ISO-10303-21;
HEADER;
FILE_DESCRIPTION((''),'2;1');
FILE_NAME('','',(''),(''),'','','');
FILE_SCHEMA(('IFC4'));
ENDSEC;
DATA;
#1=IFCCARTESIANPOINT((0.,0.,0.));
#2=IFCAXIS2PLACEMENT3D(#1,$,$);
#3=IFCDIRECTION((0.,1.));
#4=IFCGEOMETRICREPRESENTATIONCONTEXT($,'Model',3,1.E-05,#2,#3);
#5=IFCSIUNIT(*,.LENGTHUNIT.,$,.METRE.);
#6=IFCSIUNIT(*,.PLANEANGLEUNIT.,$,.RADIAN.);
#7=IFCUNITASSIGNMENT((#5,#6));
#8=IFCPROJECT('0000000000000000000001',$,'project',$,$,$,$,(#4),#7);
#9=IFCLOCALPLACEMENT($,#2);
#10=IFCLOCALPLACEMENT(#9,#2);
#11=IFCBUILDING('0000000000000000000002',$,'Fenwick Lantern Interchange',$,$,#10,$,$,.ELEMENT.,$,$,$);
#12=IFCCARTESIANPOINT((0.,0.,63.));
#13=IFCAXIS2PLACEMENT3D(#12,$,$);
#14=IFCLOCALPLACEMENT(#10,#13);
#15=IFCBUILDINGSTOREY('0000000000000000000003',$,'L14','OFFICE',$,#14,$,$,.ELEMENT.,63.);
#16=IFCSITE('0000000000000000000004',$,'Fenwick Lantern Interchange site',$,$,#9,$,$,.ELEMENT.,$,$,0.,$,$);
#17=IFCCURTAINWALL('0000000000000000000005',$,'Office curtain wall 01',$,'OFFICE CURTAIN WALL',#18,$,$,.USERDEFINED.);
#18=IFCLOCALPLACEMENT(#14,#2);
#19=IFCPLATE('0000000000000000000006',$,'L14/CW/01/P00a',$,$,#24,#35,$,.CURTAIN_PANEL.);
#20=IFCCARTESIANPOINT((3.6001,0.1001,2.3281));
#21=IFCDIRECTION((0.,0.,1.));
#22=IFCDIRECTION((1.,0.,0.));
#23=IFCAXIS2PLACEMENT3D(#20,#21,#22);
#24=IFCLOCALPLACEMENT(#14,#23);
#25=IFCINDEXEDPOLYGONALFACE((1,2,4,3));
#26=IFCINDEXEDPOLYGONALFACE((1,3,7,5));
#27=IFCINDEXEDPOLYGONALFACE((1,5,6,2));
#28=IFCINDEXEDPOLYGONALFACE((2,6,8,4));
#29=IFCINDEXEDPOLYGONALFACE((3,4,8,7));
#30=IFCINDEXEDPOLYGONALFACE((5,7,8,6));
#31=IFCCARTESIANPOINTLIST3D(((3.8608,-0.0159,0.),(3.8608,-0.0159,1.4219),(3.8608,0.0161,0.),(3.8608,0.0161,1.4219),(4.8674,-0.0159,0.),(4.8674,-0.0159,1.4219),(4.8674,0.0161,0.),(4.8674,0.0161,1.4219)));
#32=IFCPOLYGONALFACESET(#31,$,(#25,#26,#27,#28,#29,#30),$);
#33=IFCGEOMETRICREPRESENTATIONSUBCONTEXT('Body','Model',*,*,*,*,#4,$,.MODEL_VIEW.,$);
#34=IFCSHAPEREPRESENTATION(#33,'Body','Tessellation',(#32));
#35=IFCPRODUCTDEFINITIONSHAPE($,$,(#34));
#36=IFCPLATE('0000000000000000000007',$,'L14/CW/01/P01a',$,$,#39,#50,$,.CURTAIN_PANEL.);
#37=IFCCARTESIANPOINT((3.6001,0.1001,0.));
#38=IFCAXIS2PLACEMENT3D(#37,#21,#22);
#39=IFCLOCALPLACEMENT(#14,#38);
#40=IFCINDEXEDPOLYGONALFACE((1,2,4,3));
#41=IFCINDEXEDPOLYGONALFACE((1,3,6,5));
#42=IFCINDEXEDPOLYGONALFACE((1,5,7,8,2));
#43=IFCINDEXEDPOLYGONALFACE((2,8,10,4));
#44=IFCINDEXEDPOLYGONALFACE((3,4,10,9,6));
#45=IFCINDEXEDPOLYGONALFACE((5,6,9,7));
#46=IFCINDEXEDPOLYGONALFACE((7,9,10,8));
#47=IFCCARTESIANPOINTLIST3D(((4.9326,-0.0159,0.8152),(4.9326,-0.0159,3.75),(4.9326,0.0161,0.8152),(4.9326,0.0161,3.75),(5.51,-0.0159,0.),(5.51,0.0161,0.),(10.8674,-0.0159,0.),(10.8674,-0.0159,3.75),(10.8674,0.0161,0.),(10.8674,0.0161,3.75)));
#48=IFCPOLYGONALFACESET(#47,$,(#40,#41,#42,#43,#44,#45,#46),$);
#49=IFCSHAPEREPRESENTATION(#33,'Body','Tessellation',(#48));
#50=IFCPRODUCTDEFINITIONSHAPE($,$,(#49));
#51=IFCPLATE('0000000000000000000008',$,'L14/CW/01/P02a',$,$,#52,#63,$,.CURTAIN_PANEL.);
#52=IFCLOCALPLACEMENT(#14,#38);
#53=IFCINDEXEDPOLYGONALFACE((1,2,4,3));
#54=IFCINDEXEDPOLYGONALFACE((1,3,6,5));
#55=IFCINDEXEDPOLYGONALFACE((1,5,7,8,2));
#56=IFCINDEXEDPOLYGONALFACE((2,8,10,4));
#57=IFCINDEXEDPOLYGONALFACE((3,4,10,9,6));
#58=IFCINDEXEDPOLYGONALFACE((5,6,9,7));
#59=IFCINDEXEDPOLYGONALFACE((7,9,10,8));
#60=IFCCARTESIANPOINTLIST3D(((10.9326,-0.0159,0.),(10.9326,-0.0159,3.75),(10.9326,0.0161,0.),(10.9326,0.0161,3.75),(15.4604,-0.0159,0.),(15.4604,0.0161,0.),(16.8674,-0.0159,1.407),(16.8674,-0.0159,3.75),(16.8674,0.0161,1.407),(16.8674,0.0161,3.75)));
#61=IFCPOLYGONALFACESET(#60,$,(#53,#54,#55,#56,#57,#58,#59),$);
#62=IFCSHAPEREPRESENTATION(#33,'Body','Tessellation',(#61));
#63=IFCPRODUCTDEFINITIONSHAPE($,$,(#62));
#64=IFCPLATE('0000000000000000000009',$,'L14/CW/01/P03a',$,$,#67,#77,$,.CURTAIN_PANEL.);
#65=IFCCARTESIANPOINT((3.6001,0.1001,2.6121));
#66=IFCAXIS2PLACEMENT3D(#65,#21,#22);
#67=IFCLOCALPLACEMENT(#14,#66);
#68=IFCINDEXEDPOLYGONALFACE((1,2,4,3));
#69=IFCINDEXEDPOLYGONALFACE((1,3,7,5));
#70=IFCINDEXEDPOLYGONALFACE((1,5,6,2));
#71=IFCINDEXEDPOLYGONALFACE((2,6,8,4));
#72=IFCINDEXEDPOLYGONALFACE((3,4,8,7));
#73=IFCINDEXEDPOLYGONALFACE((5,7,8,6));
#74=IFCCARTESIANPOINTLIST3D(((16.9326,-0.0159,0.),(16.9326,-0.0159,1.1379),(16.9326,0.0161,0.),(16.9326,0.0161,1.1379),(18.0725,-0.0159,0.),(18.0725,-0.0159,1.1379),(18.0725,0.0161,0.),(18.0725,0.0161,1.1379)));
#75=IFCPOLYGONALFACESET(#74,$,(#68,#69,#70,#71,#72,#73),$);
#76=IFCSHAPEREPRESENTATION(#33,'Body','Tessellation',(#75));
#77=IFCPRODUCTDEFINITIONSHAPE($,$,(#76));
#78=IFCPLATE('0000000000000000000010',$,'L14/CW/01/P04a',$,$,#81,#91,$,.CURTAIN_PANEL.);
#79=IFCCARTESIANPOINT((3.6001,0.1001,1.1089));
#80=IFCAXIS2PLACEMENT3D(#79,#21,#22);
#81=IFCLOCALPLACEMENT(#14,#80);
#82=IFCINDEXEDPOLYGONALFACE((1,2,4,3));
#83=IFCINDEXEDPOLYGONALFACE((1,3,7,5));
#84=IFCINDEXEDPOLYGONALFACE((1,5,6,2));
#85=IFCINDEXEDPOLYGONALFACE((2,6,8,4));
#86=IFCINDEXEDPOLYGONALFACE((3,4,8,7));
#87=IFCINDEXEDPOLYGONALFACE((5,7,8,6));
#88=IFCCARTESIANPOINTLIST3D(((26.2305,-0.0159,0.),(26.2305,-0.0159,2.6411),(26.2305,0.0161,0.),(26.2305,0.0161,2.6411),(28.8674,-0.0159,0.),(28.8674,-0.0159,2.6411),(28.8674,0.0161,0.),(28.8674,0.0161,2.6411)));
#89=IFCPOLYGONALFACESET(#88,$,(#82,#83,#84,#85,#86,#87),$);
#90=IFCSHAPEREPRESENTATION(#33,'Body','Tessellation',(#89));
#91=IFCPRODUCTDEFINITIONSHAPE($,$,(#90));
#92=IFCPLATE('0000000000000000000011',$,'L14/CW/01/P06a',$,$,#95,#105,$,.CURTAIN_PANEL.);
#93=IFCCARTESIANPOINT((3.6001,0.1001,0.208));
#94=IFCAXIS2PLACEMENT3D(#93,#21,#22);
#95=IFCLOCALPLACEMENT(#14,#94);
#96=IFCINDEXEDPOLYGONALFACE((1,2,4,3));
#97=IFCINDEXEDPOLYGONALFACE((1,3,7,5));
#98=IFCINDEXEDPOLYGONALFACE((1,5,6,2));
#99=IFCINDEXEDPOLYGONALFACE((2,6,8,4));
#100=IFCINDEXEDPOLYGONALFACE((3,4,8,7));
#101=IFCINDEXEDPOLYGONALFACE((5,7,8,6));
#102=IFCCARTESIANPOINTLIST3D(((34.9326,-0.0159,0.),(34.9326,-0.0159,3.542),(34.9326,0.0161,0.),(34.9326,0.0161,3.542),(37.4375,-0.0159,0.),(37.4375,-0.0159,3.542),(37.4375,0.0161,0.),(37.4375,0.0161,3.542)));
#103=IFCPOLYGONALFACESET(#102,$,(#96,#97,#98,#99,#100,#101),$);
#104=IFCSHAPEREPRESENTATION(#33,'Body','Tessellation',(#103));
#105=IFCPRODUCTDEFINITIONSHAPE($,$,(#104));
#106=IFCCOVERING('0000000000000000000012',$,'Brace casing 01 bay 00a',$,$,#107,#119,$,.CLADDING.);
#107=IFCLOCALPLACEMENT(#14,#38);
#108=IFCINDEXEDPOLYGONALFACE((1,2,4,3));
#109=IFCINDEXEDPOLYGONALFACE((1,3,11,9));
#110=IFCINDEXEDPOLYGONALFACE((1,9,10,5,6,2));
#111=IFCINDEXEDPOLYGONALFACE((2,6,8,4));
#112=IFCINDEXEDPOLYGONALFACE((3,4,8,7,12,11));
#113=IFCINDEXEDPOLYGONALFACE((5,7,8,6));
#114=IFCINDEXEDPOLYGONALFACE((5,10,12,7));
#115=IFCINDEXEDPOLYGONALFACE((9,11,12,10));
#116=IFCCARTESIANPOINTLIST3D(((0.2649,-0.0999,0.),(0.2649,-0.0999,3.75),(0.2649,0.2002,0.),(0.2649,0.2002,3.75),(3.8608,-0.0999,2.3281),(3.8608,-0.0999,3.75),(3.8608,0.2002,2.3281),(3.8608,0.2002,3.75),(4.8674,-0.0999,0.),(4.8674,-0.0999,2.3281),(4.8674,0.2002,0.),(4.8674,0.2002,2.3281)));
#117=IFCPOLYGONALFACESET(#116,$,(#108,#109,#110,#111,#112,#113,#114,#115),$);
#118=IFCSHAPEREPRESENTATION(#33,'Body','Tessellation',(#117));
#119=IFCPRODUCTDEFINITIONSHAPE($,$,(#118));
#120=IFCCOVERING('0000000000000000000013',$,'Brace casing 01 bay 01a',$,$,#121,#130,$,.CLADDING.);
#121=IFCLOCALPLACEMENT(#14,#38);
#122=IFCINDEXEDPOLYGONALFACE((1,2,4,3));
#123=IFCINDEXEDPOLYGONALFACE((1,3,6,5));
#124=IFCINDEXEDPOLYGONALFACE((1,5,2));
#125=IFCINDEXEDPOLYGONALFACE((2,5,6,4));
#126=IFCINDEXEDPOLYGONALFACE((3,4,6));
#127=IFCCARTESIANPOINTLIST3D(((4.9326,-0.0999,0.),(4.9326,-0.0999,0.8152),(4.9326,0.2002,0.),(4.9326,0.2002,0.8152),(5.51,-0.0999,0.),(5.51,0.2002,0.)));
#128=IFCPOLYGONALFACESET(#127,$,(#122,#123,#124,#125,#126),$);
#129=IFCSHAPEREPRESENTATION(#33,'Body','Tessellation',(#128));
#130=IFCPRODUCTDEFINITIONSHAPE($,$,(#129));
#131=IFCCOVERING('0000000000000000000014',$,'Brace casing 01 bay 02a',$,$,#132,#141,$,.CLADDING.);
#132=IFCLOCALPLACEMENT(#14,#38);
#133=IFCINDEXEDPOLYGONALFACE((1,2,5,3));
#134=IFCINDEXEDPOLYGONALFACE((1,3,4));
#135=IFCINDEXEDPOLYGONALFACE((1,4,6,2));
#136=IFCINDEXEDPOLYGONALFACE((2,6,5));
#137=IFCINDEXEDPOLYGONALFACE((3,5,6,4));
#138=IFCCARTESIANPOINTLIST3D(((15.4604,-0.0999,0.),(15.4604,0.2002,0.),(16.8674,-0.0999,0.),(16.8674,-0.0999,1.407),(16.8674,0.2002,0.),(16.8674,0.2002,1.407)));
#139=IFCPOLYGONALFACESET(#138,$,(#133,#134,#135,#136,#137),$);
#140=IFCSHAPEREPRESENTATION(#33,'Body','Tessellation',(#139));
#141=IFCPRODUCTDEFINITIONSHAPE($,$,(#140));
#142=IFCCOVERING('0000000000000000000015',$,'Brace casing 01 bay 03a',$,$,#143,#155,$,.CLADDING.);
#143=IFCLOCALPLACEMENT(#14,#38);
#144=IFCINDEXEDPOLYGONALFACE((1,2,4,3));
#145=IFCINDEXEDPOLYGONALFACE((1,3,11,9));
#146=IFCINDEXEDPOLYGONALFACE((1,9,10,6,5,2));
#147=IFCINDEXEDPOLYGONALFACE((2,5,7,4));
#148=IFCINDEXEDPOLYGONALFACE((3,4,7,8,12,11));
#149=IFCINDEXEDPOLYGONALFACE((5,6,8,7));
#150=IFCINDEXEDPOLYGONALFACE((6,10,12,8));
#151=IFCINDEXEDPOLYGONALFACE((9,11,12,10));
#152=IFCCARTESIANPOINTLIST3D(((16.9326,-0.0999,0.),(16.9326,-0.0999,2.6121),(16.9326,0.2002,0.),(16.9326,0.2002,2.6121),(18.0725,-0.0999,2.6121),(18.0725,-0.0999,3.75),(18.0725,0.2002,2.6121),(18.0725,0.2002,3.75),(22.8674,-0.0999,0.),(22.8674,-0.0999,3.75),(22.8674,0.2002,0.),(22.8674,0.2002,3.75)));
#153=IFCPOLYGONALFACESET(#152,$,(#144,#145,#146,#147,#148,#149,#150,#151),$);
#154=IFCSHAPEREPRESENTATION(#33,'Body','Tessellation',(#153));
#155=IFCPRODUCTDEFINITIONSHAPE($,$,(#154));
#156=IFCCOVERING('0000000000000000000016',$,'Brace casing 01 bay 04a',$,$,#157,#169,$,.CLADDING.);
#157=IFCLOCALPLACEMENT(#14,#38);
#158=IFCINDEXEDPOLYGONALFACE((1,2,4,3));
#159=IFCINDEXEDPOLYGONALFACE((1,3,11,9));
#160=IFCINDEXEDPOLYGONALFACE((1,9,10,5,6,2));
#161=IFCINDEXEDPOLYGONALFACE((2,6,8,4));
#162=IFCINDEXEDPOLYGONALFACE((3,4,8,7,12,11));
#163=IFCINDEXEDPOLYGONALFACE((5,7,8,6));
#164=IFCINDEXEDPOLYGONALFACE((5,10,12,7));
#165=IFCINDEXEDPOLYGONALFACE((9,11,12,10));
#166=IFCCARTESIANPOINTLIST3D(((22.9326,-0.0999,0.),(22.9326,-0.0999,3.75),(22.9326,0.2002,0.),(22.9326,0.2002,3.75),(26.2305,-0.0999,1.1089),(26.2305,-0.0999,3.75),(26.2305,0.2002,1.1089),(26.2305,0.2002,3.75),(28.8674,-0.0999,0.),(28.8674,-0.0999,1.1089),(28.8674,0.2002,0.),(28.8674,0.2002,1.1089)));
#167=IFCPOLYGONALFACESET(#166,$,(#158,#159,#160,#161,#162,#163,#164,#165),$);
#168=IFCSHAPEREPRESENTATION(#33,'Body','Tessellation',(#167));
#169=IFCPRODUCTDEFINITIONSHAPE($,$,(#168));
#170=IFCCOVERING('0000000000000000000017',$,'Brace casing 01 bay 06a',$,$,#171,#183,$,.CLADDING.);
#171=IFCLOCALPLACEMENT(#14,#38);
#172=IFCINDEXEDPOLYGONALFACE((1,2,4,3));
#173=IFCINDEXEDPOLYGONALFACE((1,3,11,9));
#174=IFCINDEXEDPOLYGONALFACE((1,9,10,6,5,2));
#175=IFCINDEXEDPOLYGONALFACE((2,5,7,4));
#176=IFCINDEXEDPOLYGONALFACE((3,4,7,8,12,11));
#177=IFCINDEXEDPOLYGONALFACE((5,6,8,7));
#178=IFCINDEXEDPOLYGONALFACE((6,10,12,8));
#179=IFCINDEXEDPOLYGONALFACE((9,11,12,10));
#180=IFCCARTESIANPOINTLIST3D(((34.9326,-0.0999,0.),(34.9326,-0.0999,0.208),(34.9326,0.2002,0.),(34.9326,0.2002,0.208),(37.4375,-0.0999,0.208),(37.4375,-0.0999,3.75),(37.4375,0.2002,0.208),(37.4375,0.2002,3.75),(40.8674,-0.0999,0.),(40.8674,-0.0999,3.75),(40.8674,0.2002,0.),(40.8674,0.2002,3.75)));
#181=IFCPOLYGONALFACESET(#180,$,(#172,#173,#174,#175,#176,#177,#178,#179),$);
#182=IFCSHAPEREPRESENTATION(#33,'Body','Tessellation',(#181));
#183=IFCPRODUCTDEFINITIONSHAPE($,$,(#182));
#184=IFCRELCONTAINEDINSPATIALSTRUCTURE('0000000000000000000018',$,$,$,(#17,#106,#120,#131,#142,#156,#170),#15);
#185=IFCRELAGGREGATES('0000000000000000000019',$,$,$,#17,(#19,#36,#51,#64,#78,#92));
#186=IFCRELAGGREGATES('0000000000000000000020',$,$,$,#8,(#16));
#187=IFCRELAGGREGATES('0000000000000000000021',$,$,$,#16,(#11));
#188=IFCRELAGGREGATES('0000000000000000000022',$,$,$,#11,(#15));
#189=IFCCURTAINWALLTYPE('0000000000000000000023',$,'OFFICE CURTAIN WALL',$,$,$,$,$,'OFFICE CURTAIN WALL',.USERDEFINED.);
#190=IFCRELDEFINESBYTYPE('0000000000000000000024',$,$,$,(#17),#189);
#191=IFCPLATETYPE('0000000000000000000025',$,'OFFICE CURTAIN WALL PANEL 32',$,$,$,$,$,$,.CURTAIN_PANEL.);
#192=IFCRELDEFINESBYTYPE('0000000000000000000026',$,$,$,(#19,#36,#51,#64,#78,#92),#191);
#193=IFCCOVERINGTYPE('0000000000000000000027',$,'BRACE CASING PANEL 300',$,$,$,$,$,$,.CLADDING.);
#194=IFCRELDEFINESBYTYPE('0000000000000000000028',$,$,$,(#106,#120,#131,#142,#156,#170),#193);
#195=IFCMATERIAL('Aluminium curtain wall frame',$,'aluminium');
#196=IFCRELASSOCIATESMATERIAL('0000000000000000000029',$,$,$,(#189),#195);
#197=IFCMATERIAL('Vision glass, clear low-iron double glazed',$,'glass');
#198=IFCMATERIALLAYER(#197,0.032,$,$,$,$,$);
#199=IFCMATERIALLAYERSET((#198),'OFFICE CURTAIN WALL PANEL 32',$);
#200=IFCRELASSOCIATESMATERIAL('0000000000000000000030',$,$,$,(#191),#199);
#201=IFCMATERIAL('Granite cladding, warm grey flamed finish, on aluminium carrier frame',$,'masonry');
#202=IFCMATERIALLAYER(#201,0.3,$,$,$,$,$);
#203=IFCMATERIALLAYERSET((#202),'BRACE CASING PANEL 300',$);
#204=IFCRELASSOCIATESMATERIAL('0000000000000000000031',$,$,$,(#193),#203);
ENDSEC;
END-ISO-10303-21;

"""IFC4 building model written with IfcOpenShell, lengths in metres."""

from ifc_helpers import new_model, si_unit, direction, frame, origin, place, context, subcontext, project, spatial, polyline, outline, extrude, material, layer, layer_set, type_object, element, aggregate, save


model = new_model("IFC4")

# Units and contexts
model_context = context("Model", 3, precision=1e-05, world=origin(), true_north=direction((0.0, 1.0)))
body_context = subcontext(model_context, "Body", "Model", "MODEL_VIEW")
ifc_project = project(units=[si_unit("LENGTHUNIT", "METRE"), si_unit("PLANEANGLEUNIT", "RADIAN")], contexts=[model_context])

# Site, building, storey
site_placement = place(None, origin())
site = spatial("IfcSite", under=ifc_project, at=site_placement, Name="Fenwick Lantern Interchange site", CompositionType="ELEMENT", RefElevation=0.0)
building_placement = place(site_placement, origin())
building = spatial("IfcBuilding", under=site, at=building_placement, Name="Fenwick Lantern Interchange", CompositionType="ELEMENT")
storey_placement = place(building_placement, frame((0.0, 0.0, 63.0)))
storey = spatial("IfcBuildingStorey", under=building, at=storey_placement, Name="L14", Description="OFFICE", CompositionType="ELEMENT", Elevation=63.0)

# Shared definitions
ifc_material_1 = material(Name="Aluminium curtain wall frame", Category="aluminium")
curtain_wall_type = type_object("IfcCurtainWallType", Name="OFFICE CURTAIN WALL", ElementType="OFFICE CURTAIN WALL", PredefinedType="USERDEFINED", material=ifc_material_1)

# Curtain wall, plates
curtain_wall_1_placement = place(storey_placement, origin())
curtain_wall_1 = element("IfcCurtainWall", 1, at=curtain_wall_1_placement, inside=storey, type_object=curtain_wall_type, Name="Office curtain wall 01", ObjectType="OFFICE CURTAIN WALL", PredefinedType="USERDEFINED")
ifc_material_2 = material(Name="Vision glass, clear low-iron double glazed", Category="glass")
ifc_layer_1 = layer(ifc_material_2, 0.032)
ifc_layer_set_1 = layer_set([ifc_layer_1], Name="OFFICE CURTAIN WALL PANEL 32")
plate_type = type_object("IfcPlateType", Name="OFFICE CURTAIN WALL PANEL 32", PredefinedType="CURTAIN_PANEL", material=ifc_layer_set_1)
plate_1_placement = place(storey_placement, frame((3.6001, 0.1001, 2.3281), z_axis=(0.0, 0.0, 1.0), x_axis=(1.0, 0.0, 0.0)))
plate_1 = element("IfcPlate", 2, at=plate_1_placement, type_object=plate_type, Name="L14/CW/01/P00a", PredefinedType="CURTAIN_PANEL", context=body_context, shape_type="SweptSolid", body=[
    extrude(outline(polyline([(3.8608, 0.0), (4.8674, 0.0), (4.8674, 1.4219), (3.8608, 1.4219), (3.8608, 0.0)])), frame((0.0, 0.0161, 0.0), z_axis=(0.0, -1.0, 0.0), x_axis=(1.0, 0.0, 0.0)), (0.0, 0.0, 1.0), 0.032),
])
plate_2_placement = place(storey_placement, frame((3.6001, 0.1001, 0.0), z_axis=(0.0, 0.0, 1.0), x_axis=(1.0, 0.0, 0.0)))
plate_2 = element("IfcPlate", 3, at=plate_2_placement, type_object=plate_type, Name="L14/CW/01/P01a", PredefinedType="CURTAIN_PANEL", context=body_context, shape_type="SweptSolid", body=[
    extrude(outline(polyline([(5.51, 0.0), (10.8674, 0.0), (10.8674, 3.75), (4.9326, 3.75), (4.9326, 0.8152), (5.51, 0.0)])), frame((0.0, 0.0161, 0.0), z_axis=(0.0, -1.0, 0.0), x_axis=(1.0, 0.0, 0.0)), (0.0, 0.0, 1.0), 0.032),
])
plate_3_placement = place(storey_placement, frame((3.6001, 0.1001, 0.0), z_axis=(0.0, 0.0, 1.0), x_axis=(1.0, 0.0, 0.0)))
plate_3 = element("IfcPlate", 4, at=plate_3_placement, type_object=plate_type, Name="L14/CW/01/P02a", PredefinedType="CURTAIN_PANEL", context=body_context, shape_type="SweptSolid", body=[
    extrude(outline(polyline([(10.9326, 0.0), (15.4604, 0.0), (16.8674, 1.407), (16.8674, 3.75), (10.9326, 3.75), (10.9326, 0.0)])), frame((0.0, 0.0161, 0.0), z_axis=(0.0, -1.0, 0.0), x_axis=(1.0, 0.0, 0.0)), (0.0, 0.0, 1.0), 0.032),
])
plate_4_placement = place(storey_placement, frame((3.6001, 0.1001, 2.6121), z_axis=(0.0, 0.0, 1.0), x_axis=(1.0, 0.0, 0.0)))
plate_4 = element("IfcPlate", 5, at=plate_4_placement, type_object=plate_type, Name="L14/CW/01/P03a", PredefinedType="CURTAIN_PANEL", context=body_context, shape_type="SweptSolid", body=[
    extrude(outline(polyline([(16.9326, 0.0), (18.0725, 0.0), (18.0725, 1.1379), (16.9326, 1.1379), (16.9326, 0.0)])), frame((0.0, 0.0161, 0.0), z_axis=(0.0, -1.0, 0.0), x_axis=(1.0, 0.0, 0.0)), (0.0, 0.0, 1.0), 0.032),
])
plate_5_placement = place(storey_placement, frame((3.6001, 0.1001, 1.1089), z_axis=(0.0, 0.0, 1.0), x_axis=(1.0, 0.0, 0.0)))
plate_5 = element("IfcPlate", 6, at=plate_5_placement, type_object=plate_type, Name="L14/CW/01/P04a", PredefinedType="CURTAIN_PANEL", context=body_context, shape_type="SweptSolid", body=[
    extrude(outline(polyline([(26.2305, 0.0), (28.8674, 0.0), (28.8674, 2.6411), (26.2305, 2.6411), (26.2305, 0.0)])), frame((0.0, 0.0161, 0.0), z_axis=(0.0, -1.0, 0.0), x_axis=(1.0, 0.0, 0.0)), (0.0, 0.0, 1.0), 0.032),
])
plate_6_placement = place(storey_placement, frame((3.6001, 0.1001, 0.208), z_axis=(0.0, 0.0, 1.0), x_axis=(1.0, 0.0, 0.0)))
plate_6 = element("IfcPlate", 7, at=plate_6_placement, type_object=plate_type, Name="L14/CW/01/P06a", PredefinedType="CURTAIN_PANEL", context=body_context, shape_type="SweptSolid", body=[
    extrude(outline(polyline([(34.9326, 0.0), (37.4375, 0.0), (37.4375, 3.542), (34.9326, 3.542), (34.9326, 0.0)])), frame((0.0, 0.0161, 0.0), z_axis=(0.0, -1.0, 0.0), x_axis=(1.0, 0.0, 0.0)), (0.0, 0.0, 1.0), 0.032),
])
aggregate(curtain_wall_1, [plate_1, plate_2, plate_3, plate_4, plate_5, plate_6])

# Coverings
ifc_material_3 = material(Name="Granite cladding, warm grey flamed finish, on aluminium carrier frame", Category="masonry")
ifc_layer_2 = layer(ifc_material_3, 0.3)
ifc_layer_set_2 = layer_set([ifc_layer_2], Name="BRACE CASING PANEL 300")
covering_type = type_object("IfcCoveringType", Name="BRACE CASING PANEL 300", PredefinedType="CLADDING", material=ifc_layer_set_2)
covering_1_placement = place(storey_placement, frame((3.6001, 0.1001, 0.0), z_axis=(0.0, 0.0, 1.0), x_axis=(1.0, 0.0, 0.0)))
element("IfcCovering", 8, at=covering_1_placement, inside=storey, type_object=covering_type, Name="Brace casing 01 bay 00a", PredefinedType="CLADDING", context=body_context, shape_type="SweptSolid", body=[
    extrude(outline(polyline([(0.2649, 0.0), (4.8674, 0.0), (4.8674, 2.3281), (3.8608, 2.3281), (3.8608, 3.75), (0.2649, 3.75), (0.2649, 0.0)])), frame((0.0, 0.2002, 0.0), z_axis=(0.0, -1.0, 0.0), x_axis=(1.0, 0.0, 0.0)), (0.0, 0.0, 1.0), 0.3),
])
covering_2_placement = place(storey_placement, frame((3.6001, 0.1001, 0.0), z_axis=(0.0, 0.0, 1.0), x_axis=(1.0, 0.0, 0.0)))
element("IfcCovering", 9, at=covering_2_placement, inside=storey, type_object=covering_type, Name="Brace casing 01 bay 01a", PredefinedType="CLADDING", context=body_context, shape_type="SweptSolid", body=[
    extrude(outline(polyline([(4.9326, 0.0), (5.51, 0.0), (4.9326, 0.8152), (4.9326, 0.0)])), frame((0.0, 0.2002, 0.0), z_axis=(0.0, -1.0, 0.0), x_axis=(1.0, 0.0, 0.0)), (0.0, 0.0, 1.0), 0.3),
])
covering_3_placement = place(storey_placement, frame((3.6001, 0.1001, 0.0), z_axis=(0.0, 0.0, 1.0), x_axis=(1.0, 0.0, 0.0)))
element("IfcCovering", 10, at=covering_3_placement, inside=storey, type_object=covering_type, Name="Brace casing 01 bay 02a", PredefinedType="CLADDING", context=body_context, shape_type="SweptSolid", body=[
    extrude(outline(polyline([(15.4604, 0.0), (16.8674, 0.0), (16.8674, 1.407), (15.4604, 0.0)])), frame((0.0, 0.2002, 0.0), z_axis=(0.0, -1.0, 0.0), x_axis=(1.0, 0.0, 0.0)), (0.0, 0.0, 1.0), 0.3),
])
covering_4_placement = place(storey_placement, frame((3.6001, 0.1001, 0.0), z_axis=(0.0, 0.0, 1.0), x_axis=(1.0, 0.0, 0.0)))
element("IfcCovering", 11, at=covering_4_placement, inside=storey, type_object=covering_type, Name="Brace casing 01 bay 03a", PredefinedType="CLADDING", context=body_context, shape_type="SweptSolid", body=[
    extrude(outline(polyline([(16.9326, 0.0), (22.8674, 0.0), (22.8674, 3.75), (18.0725, 3.75), (18.0725, 2.6121), (16.9326, 2.6121), (16.9326, 0.0)])), frame((0.0, 0.2002, 0.0), z_axis=(0.0, -1.0, 0.0), x_axis=(1.0, 0.0, 0.0)), (0.0, 0.0, 1.0), 0.3),
])
covering_5_placement = place(storey_placement, frame((3.6001, 0.1001, 0.0), z_axis=(0.0, 0.0, 1.0), x_axis=(1.0, 0.0, 0.0)))
element("IfcCovering", 12, at=covering_5_placement, inside=storey, type_object=covering_type, Name="Brace casing 01 bay 04a", PredefinedType="CLADDING", context=body_context, shape_type="SweptSolid", body=[
    extrude(outline(polyline([(22.9326, 0.0), (28.8674, 0.0), (28.8674, 1.1089), (26.2305, 1.1089), (26.2305, 3.75), (22.9326, 3.75), (22.9326, 0.0)])), frame((0.0, 0.2002, 0.0), z_axis=(0.0, -1.0, 0.0), x_axis=(1.0, 0.0, 0.0)), (0.0, 0.0, 1.0), 0.3),
])
covering_6_placement = place(storey_placement, frame((3.6001, 0.1001, 0.0), z_axis=(0.0, 0.0, 1.0), x_axis=(1.0, 0.0, 0.0)))
element("IfcCovering", 13, at=covering_6_placement, inside=storey, type_object=covering_type, Name="Brace casing 01 bay 06a", PredefinedType="CLADDING", context=body_context, shape_type="SweptSolid", body=[
    extrude(outline(polyline([(34.9326, 0.0), (40.8674, 0.0), (40.8674, 3.75), (37.4375, 3.75), (37.4375, 0.208), (34.9326, 0.208), (34.9326, 0.0)])), frame((0.0, 0.2002, 0.0), z_axis=(0.0, -1.0, 0.0), x_axis=(1.0, 0.0, 0.0)), (0.0, 0.0, 1.0), 0.3),
])

save(model, "model.ifc")
